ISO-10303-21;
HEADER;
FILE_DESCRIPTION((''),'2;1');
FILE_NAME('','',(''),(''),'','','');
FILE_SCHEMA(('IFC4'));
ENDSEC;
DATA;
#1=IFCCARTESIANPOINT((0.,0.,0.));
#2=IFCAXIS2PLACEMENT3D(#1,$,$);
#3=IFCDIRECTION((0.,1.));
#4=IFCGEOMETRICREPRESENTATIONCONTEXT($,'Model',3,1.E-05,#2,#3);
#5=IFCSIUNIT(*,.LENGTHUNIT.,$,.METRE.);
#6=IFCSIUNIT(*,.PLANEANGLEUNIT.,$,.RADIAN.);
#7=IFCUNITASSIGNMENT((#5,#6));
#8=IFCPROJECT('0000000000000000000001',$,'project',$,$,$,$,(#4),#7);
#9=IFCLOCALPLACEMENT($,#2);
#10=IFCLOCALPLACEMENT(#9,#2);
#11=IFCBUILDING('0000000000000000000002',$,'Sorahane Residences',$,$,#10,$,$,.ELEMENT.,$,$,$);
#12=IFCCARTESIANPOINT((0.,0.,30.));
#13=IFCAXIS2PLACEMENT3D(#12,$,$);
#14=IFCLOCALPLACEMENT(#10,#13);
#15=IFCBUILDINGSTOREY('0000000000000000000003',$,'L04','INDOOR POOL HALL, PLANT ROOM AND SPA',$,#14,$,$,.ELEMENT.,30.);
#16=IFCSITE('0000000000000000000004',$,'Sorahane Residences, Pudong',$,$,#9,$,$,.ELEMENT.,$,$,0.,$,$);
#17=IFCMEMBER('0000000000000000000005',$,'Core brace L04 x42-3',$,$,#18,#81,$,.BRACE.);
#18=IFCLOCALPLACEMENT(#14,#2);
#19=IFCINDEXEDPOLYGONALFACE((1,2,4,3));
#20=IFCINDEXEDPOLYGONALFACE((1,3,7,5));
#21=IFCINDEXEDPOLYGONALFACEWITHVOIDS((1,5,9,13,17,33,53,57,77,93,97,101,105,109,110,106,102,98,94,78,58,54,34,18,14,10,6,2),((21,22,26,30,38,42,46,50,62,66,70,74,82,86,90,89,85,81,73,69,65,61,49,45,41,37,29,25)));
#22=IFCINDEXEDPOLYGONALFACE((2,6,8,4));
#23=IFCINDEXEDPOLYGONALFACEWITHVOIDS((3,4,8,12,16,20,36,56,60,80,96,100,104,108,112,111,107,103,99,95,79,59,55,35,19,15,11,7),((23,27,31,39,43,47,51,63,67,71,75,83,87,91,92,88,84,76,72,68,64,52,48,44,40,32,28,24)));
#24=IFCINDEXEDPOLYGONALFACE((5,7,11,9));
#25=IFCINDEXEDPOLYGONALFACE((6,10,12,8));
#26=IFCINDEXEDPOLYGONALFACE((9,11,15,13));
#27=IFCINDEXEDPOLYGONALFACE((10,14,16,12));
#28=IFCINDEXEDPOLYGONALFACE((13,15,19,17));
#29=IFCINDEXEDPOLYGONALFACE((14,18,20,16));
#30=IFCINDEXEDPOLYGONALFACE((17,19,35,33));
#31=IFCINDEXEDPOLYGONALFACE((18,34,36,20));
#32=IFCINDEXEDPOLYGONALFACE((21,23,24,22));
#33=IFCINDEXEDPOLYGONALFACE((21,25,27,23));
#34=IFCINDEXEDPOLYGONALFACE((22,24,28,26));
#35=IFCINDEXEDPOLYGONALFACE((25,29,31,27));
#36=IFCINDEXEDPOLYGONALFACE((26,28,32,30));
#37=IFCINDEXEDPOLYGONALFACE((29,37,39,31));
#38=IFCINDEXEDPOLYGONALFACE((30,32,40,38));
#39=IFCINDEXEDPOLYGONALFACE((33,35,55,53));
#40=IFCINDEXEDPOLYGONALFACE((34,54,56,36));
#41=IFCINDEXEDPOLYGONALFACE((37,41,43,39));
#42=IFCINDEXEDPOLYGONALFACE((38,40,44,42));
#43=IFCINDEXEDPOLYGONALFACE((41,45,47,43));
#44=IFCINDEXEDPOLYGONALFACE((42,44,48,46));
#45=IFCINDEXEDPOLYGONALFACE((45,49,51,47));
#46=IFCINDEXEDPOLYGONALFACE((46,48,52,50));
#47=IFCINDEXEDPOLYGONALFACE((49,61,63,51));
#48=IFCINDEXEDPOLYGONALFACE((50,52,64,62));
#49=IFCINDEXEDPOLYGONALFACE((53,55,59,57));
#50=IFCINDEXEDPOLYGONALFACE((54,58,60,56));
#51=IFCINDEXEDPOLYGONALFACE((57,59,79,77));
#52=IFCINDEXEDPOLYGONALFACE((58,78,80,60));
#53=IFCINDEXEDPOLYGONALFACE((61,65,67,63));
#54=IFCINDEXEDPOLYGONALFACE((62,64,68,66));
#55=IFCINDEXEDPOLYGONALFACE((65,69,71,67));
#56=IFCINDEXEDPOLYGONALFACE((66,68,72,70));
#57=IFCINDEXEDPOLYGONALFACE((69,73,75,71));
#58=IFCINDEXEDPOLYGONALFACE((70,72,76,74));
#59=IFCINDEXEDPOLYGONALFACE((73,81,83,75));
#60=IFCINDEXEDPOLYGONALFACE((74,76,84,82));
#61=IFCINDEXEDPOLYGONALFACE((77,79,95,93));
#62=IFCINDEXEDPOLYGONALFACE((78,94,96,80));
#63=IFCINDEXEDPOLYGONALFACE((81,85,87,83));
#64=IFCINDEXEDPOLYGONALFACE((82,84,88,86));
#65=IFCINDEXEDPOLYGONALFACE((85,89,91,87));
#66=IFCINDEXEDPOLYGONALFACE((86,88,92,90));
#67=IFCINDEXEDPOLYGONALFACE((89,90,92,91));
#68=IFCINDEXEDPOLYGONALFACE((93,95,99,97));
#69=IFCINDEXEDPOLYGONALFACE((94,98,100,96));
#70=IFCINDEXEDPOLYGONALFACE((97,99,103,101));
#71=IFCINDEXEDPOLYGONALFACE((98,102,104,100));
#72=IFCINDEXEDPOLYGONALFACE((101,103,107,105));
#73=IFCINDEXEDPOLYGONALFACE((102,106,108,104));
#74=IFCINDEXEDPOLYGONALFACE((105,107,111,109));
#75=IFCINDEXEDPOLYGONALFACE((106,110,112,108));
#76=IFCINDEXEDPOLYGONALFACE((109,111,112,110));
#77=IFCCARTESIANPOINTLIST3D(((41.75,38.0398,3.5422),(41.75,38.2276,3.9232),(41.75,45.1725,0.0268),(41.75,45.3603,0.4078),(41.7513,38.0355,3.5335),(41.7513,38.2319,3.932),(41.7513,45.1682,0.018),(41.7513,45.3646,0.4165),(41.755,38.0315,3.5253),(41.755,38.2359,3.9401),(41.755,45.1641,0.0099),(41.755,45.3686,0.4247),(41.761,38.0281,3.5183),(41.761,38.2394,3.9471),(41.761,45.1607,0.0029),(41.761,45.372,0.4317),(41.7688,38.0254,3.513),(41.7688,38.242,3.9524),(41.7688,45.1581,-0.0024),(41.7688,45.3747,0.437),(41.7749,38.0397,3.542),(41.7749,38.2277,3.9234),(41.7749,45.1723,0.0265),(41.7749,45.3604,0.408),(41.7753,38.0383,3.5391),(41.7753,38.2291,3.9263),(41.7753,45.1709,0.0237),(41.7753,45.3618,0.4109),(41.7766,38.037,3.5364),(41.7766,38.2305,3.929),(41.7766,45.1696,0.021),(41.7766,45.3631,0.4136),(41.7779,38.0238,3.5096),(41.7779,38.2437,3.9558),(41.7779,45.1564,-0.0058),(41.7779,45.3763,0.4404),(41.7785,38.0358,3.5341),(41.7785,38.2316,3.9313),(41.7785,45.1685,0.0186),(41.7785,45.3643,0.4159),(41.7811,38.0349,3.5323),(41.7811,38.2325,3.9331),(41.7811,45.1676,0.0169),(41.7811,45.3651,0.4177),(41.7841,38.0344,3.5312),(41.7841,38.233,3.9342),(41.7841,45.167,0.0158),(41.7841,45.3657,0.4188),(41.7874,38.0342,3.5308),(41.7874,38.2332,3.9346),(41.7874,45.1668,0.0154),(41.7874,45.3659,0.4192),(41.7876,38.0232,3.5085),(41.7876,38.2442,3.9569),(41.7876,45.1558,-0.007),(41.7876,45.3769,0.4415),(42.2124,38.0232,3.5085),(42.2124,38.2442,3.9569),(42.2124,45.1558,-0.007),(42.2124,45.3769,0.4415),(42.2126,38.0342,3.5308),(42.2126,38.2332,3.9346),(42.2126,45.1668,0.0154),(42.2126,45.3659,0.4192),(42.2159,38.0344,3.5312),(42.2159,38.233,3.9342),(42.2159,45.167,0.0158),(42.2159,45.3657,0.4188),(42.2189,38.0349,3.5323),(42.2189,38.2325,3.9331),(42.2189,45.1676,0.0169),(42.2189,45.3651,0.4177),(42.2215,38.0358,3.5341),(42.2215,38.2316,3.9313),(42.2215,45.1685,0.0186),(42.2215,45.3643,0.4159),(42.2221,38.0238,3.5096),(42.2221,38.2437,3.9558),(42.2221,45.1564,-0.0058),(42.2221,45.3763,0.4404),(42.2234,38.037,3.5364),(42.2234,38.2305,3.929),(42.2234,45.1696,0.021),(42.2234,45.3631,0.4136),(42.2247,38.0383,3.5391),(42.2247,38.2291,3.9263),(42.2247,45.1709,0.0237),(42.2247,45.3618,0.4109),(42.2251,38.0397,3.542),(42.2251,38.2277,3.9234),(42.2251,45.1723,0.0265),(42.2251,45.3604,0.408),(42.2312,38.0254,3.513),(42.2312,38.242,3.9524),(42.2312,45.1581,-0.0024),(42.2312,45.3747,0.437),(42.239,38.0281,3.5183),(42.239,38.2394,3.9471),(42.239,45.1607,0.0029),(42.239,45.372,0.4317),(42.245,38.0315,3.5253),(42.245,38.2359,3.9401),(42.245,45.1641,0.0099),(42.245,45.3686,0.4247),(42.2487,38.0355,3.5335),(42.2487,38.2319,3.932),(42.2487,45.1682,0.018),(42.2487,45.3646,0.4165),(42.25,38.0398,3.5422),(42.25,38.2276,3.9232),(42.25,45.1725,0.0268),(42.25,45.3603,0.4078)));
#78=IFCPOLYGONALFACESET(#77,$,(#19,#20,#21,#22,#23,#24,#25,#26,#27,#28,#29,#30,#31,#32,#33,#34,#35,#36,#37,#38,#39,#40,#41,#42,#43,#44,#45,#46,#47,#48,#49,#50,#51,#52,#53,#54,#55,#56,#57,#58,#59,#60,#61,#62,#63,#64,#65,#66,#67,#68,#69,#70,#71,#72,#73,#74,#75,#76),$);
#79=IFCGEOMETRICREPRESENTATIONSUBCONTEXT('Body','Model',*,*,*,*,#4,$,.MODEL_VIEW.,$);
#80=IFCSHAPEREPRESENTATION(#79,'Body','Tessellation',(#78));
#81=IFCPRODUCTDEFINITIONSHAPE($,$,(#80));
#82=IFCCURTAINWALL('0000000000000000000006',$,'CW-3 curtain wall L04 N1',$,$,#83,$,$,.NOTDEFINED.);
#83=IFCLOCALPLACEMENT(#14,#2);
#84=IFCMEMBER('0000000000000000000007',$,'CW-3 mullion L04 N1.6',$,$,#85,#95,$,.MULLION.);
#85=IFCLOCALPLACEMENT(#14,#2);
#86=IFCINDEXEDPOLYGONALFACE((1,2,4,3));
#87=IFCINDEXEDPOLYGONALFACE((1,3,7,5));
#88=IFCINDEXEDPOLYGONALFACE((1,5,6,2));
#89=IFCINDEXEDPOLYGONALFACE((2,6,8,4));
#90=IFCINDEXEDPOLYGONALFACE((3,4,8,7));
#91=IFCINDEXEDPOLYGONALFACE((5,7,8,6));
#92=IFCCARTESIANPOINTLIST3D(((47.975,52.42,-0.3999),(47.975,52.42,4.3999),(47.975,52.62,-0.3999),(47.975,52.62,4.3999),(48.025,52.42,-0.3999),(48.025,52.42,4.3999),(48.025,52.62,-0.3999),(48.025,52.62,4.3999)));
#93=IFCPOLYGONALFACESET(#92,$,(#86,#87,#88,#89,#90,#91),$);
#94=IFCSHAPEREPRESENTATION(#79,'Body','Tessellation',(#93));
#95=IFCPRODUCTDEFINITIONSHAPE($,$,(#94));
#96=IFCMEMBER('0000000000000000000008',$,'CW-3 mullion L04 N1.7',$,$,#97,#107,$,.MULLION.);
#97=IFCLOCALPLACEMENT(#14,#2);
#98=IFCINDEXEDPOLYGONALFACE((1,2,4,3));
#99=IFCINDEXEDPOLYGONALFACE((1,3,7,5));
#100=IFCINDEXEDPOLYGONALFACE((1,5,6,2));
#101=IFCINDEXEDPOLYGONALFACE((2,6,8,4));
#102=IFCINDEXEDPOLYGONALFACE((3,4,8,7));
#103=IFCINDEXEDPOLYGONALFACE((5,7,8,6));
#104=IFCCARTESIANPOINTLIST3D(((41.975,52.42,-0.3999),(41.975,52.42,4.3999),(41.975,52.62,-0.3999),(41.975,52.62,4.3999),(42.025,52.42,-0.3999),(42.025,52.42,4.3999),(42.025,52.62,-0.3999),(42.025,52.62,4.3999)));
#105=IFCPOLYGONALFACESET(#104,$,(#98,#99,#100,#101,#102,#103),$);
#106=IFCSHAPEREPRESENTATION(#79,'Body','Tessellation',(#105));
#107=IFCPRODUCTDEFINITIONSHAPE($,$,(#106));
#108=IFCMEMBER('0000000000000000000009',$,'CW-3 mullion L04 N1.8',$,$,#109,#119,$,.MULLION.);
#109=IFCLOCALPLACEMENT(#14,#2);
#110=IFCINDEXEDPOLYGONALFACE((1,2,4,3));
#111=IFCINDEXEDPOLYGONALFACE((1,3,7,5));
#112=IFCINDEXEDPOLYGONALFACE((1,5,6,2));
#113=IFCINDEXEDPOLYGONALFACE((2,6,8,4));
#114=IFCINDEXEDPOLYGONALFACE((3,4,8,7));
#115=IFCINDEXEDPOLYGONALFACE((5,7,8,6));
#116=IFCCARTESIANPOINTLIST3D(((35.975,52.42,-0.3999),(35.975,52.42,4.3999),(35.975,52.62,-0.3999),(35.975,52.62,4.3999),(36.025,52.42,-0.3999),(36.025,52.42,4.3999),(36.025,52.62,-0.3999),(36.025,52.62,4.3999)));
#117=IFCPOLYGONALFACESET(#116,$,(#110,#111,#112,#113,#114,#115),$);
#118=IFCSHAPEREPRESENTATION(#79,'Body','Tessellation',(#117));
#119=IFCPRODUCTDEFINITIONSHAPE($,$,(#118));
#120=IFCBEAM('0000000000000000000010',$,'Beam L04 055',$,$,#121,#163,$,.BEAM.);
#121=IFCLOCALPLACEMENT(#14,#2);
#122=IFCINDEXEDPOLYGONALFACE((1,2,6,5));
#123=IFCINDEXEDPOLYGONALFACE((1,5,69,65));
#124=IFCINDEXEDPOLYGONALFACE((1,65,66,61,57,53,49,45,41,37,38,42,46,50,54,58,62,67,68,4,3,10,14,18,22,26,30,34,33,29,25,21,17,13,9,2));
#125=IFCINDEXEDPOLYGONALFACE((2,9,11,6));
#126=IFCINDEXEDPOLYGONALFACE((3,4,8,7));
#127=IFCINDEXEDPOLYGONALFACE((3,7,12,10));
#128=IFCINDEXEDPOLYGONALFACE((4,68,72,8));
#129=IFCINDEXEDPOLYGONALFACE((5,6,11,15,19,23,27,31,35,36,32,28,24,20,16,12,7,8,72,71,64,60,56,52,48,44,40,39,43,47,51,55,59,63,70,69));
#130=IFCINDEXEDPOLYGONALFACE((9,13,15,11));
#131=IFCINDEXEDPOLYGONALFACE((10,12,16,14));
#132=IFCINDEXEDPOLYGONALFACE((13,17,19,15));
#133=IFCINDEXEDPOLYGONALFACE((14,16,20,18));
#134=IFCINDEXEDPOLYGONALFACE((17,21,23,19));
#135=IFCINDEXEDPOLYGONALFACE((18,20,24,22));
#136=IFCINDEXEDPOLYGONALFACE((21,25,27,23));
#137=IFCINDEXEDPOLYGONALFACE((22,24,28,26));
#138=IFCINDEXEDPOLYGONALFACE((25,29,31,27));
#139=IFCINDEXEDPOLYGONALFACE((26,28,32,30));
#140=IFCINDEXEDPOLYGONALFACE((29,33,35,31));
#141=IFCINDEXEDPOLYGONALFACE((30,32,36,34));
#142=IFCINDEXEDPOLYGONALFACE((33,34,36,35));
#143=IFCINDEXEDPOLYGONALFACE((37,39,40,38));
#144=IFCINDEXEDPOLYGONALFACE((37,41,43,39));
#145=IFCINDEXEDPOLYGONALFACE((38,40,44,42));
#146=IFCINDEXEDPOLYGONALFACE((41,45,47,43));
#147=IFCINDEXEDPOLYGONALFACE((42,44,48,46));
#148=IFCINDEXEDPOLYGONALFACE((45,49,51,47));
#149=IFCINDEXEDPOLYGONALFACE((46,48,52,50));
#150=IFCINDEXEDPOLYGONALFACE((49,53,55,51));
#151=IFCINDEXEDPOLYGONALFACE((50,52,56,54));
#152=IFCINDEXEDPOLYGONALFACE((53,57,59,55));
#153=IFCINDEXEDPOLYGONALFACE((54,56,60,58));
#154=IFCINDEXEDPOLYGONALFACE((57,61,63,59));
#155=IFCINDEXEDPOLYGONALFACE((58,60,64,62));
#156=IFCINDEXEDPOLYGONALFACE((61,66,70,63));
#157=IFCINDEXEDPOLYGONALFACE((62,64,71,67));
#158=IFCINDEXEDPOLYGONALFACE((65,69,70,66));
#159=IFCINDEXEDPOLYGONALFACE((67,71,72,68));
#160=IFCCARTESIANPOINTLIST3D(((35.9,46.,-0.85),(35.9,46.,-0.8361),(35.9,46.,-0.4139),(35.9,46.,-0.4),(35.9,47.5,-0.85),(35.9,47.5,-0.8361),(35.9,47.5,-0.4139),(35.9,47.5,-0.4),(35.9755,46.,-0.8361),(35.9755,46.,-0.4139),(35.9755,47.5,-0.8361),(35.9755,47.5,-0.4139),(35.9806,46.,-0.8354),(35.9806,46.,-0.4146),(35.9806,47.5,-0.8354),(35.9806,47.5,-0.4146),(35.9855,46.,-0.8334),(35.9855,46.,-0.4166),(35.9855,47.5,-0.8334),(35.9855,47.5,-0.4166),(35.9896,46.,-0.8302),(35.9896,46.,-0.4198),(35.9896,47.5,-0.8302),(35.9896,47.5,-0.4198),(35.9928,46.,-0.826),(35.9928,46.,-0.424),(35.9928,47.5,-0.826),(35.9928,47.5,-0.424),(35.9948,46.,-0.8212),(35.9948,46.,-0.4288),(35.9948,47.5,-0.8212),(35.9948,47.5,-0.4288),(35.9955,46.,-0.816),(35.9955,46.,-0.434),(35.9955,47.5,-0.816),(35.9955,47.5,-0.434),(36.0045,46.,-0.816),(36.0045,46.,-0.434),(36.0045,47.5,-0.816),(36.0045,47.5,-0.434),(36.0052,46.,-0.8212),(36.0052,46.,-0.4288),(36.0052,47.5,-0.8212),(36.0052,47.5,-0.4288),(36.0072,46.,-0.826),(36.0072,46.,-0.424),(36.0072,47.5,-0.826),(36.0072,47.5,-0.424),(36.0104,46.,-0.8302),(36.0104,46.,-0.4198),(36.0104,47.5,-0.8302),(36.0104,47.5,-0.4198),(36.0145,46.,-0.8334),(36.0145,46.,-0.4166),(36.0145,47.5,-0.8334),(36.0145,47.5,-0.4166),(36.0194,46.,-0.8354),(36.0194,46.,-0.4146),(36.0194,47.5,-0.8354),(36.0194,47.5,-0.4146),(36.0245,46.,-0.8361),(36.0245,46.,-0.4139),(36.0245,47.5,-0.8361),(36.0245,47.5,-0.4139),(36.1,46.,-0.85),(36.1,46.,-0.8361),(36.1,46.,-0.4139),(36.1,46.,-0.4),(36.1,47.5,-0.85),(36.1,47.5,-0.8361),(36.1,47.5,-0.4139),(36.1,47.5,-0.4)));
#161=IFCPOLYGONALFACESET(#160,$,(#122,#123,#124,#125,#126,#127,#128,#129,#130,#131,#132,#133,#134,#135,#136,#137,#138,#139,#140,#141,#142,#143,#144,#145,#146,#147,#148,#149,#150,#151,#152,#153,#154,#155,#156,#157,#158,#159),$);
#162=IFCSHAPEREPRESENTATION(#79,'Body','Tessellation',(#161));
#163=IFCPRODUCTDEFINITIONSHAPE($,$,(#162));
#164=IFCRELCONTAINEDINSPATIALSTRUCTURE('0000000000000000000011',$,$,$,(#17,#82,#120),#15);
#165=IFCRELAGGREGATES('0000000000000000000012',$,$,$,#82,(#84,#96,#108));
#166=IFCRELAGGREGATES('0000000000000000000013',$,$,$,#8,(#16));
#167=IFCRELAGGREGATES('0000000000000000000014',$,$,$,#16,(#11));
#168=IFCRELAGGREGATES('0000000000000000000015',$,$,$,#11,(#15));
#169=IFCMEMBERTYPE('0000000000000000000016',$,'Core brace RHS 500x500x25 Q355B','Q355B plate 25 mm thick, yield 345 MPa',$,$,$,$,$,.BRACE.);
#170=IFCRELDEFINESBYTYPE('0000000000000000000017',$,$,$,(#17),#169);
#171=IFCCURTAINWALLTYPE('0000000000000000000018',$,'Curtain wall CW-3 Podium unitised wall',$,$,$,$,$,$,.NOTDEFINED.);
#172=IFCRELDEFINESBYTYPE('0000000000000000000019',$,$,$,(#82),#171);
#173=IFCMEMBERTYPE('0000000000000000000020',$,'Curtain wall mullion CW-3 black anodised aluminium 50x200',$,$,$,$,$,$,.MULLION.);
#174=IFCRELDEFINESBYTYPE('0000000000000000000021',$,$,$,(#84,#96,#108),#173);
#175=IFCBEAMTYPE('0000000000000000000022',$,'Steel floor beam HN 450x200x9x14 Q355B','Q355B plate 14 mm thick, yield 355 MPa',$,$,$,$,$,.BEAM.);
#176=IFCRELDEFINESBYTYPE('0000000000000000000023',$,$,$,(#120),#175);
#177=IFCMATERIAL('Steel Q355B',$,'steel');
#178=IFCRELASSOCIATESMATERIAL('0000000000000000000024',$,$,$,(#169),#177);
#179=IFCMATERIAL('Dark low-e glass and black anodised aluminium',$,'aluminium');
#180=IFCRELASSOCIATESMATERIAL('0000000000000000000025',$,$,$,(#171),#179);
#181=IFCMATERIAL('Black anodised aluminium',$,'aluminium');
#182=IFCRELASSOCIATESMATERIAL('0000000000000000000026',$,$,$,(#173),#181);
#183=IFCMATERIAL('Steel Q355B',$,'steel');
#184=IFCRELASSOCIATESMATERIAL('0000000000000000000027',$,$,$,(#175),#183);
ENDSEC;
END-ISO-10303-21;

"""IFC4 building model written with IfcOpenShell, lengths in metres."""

from ifc_helpers import new_model, si_unit, direction, frame, origin, origin_2d, place, context, subcontext, project, spatial, rectangle, hollow_rectangle, i_section, extrude, material, material_profile, profile_set, type_object, element, aggregate, save


model = new_model("IFC4")

# Units and contexts
model_context = context("Model", 3, precision=1e-05, world=origin(), true_north=direction((0.0, 1.0)))
body_context = subcontext(model_context, "Body", "Model", "MODEL_VIEW")
ifc_project = project(units=[si_unit("LENGTHUNIT", "METRE"), si_unit("PLANEANGLEUNIT", "RADIAN")], contexts=[model_context])

# Site, building, storey
site_placement = place(None, origin())
site = spatial("IfcSite", under=ifc_project, at=site_placement, Name="Sorahane Residences, Pudong", CompositionType="ELEMENT", RefElevation=0.0)
building_placement = place(site_placement, origin())
building = spatial("IfcBuilding", under=site, at=building_placement, Name="Sorahane Residences", CompositionType="ELEMENT")
storey_placement = place(building_placement, frame((0.0, 0.0, 30.0)))
storey = spatial("IfcBuildingStorey", under=building, at=storey_placement, Name="L04", Description="INDOOR POOL HALL, PLANT ROOM AND SPA", CompositionType="ELEMENT", Elevation=30.0)

# Member
ifc_material_1 = material(Name="Steel Q355B", Category="steel")
ifc_material_profile_1 = material_profile(ifc_material_1, hollow_rectangle(XDim=0.5, YDim=0.5, WallThickness=0.0249, InnerFilletRadius=0.0125, OuterFilletRadius=0.0376, at=origin_2d()), Name="RHS 500x500x25")
ifc_profile_set_1 = profile_set([ifc_material_profile_1], Name="Steel Q355B")
member_type_1 = type_object("IfcMemberType", Name="Core brace RHS 500x500x25 Q355B", Description="Q355B plate 25 mm thick, yield 345 MPa", PredefinedType="BRACE", material=ifc_profile_set_1)
member_1_placement = place(storey_placement, frame((42.0, 45.2664, 0.2173), z_axis=(0.0, -0.896973, 0.442085), x_axis=(1.0, 0.0, 0.0)))
element("IfcMember", 1, at=member_1_placement, inside=storey, type_object=member_type_1, Name="Core brace L04 x42-3", PredefinedType="BRACE", context=body_context, shape_type="SweptSolid", body=[
    extrude(hollow_rectangle(XDim=0.5, YDim=0.5, WallThickness=0.0249, InnerFilletRadius=0.0125, OuterFilletRadius=0.0376, at=origin_2d()), origin(), (0.0, 0.0, 1.0), 7.9519),
])

# Curtain wall, members
ifc_material_2 = material(Name="Dark low-e glass and black anodised aluminium", Category="aluminium")
curtain_wall_type = type_object("IfcCurtainWallType", Name="Curtain wall CW-3 Podium unitised wall", PredefinedType="NOTDEFINED", material=ifc_material_2)
curtain_wall_placement = place(storey_placement, origin())
curtain_wall = element("IfcCurtainWall", 2, at=curtain_wall_placement, inside=storey, type_object=curtain_wall_type, Name="CW-3 curtain wall L04 N1", PredefinedType="NOTDEFINED")
ifc_material_3 = material(Name="Black anodised aluminium", Category="aluminium")
ifc_material_profile_2 = material_profile(ifc_material_3, rectangle(XDim=0.2, YDim=0.05, at=origin_2d()), Name="Curtain wall mullion CW-3 black anodised aluminium 50x200")
ifc_profile_set_2 = profile_set([ifc_material_profile_2], Name="Black anodised aluminium")
member_type_2 = type_object("IfcMemberType", Name="Curtain wall mullion CW-3 black anodised aluminium 50x200", PredefinedType="MULLION", material=ifc_profile_set_2)
member_2_placement = place(storey_placement, frame((48.0, 52.52, -0.3999), z_axis=(0.0, 0.0, 1.0), x_axis=(0.0, 1.0, 0.0)))
member_2 = element("IfcMember", 3, at=member_2_placement, type_object=member_type_2, Name="CW-3 mullion L04 N1.6", PredefinedType="MULLION", context=body_context, shape_type="SweptSolid", body=[
    extrude(rectangle(XDim=0.2, YDim=0.05, at=origin_2d()), origin(), (0.0, 0.0, 1.0), 4.7998),
])
member_3_placement = place(storey_placement, frame((42.0, 52.52, -0.3999), z_axis=(0.0, 0.0, 1.0), x_axis=(0.0, 1.0, 0.0)))
member_3 = element("IfcMember", 4, at=member_3_placement, type_object=member_type_2, Name="CW-3 mullion L04 N1.7", PredefinedType="MULLION", context=body_context, shape_type="SweptSolid", body=[
    extrude(rectangle(XDim=0.2, YDim=0.05, at=origin_2d()), origin(), (0.0, 0.0, 1.0), 4.7998),
])
member_4_placement = place(storey_placement, frame((36.0, 52.52, -0.3999), z_axis=(0.0, 0.0, 1.0), x_axis=(0.0, 1.0, 0.0)))
member_4 = element("IfcMember", 5, at=member_4_placement, type_object=member_type_2, Name="CW-3 mullion L04 N1.8", PredefinedType="MULLION", context=body_context, shape_type="SweptSolid", body=[
    extrude(rectangle(XDim=0.2, YDim=0.05, at=origin_2d()), origin(), (0.0, 0.0, 1.0), 4.7998),
])

# Beam
ifc_material_4 = material(Name="Steel Q355B", Category="steel")
ifc_material_profile_3 = material_profile(ifc_material_4, i_section(OverallWidth=0.2, OverallDepth=0.45, WebThickness=0.009, FlangeThickness=0.0139, FilletRadius=0.02, at=origin_2d()), Name="HN 450x200x9x14")
ifc_profile_set_3 = profile_set([ifc_material_profile_3], Name="Steel Q355B")
beam_type_1 = type_object("IfcBeamType", Name="Steel floor beam HN 450x200x9x14 Q355B", Description="Q355B plate 14 mm thick, yield 355 MPa", PredefinedType="BEAM", material=ifc_profile_set_3)
beam_1_placement = place(storey_placement, frame((36.0, 46.0, -0.625), z_axis=(0.0, 1.0, 0.0), x_axis=(-1.0, 0.0, 0.0)))
element("IfcBeam", 6, at=beam_1_placement, inside=storey, type_object=beam_type_1, Name="Beam L04 055", PredefinedType="BEAM", context=body_context, shape_type="SweptSolid", body=[
    extrude(i_section(OverallWidth=0.2, OverallDepth=0.45, WebThickness=0.009, FlangeThickness=0.0139, FilletRadius=0.02, at=origin_2d()), origin(), (0.0, 0.0, 1.0), 1.5),
])

aggregate(curtain_wall, [member_2, member_3, member_4])

save(model, "model.ifc")
